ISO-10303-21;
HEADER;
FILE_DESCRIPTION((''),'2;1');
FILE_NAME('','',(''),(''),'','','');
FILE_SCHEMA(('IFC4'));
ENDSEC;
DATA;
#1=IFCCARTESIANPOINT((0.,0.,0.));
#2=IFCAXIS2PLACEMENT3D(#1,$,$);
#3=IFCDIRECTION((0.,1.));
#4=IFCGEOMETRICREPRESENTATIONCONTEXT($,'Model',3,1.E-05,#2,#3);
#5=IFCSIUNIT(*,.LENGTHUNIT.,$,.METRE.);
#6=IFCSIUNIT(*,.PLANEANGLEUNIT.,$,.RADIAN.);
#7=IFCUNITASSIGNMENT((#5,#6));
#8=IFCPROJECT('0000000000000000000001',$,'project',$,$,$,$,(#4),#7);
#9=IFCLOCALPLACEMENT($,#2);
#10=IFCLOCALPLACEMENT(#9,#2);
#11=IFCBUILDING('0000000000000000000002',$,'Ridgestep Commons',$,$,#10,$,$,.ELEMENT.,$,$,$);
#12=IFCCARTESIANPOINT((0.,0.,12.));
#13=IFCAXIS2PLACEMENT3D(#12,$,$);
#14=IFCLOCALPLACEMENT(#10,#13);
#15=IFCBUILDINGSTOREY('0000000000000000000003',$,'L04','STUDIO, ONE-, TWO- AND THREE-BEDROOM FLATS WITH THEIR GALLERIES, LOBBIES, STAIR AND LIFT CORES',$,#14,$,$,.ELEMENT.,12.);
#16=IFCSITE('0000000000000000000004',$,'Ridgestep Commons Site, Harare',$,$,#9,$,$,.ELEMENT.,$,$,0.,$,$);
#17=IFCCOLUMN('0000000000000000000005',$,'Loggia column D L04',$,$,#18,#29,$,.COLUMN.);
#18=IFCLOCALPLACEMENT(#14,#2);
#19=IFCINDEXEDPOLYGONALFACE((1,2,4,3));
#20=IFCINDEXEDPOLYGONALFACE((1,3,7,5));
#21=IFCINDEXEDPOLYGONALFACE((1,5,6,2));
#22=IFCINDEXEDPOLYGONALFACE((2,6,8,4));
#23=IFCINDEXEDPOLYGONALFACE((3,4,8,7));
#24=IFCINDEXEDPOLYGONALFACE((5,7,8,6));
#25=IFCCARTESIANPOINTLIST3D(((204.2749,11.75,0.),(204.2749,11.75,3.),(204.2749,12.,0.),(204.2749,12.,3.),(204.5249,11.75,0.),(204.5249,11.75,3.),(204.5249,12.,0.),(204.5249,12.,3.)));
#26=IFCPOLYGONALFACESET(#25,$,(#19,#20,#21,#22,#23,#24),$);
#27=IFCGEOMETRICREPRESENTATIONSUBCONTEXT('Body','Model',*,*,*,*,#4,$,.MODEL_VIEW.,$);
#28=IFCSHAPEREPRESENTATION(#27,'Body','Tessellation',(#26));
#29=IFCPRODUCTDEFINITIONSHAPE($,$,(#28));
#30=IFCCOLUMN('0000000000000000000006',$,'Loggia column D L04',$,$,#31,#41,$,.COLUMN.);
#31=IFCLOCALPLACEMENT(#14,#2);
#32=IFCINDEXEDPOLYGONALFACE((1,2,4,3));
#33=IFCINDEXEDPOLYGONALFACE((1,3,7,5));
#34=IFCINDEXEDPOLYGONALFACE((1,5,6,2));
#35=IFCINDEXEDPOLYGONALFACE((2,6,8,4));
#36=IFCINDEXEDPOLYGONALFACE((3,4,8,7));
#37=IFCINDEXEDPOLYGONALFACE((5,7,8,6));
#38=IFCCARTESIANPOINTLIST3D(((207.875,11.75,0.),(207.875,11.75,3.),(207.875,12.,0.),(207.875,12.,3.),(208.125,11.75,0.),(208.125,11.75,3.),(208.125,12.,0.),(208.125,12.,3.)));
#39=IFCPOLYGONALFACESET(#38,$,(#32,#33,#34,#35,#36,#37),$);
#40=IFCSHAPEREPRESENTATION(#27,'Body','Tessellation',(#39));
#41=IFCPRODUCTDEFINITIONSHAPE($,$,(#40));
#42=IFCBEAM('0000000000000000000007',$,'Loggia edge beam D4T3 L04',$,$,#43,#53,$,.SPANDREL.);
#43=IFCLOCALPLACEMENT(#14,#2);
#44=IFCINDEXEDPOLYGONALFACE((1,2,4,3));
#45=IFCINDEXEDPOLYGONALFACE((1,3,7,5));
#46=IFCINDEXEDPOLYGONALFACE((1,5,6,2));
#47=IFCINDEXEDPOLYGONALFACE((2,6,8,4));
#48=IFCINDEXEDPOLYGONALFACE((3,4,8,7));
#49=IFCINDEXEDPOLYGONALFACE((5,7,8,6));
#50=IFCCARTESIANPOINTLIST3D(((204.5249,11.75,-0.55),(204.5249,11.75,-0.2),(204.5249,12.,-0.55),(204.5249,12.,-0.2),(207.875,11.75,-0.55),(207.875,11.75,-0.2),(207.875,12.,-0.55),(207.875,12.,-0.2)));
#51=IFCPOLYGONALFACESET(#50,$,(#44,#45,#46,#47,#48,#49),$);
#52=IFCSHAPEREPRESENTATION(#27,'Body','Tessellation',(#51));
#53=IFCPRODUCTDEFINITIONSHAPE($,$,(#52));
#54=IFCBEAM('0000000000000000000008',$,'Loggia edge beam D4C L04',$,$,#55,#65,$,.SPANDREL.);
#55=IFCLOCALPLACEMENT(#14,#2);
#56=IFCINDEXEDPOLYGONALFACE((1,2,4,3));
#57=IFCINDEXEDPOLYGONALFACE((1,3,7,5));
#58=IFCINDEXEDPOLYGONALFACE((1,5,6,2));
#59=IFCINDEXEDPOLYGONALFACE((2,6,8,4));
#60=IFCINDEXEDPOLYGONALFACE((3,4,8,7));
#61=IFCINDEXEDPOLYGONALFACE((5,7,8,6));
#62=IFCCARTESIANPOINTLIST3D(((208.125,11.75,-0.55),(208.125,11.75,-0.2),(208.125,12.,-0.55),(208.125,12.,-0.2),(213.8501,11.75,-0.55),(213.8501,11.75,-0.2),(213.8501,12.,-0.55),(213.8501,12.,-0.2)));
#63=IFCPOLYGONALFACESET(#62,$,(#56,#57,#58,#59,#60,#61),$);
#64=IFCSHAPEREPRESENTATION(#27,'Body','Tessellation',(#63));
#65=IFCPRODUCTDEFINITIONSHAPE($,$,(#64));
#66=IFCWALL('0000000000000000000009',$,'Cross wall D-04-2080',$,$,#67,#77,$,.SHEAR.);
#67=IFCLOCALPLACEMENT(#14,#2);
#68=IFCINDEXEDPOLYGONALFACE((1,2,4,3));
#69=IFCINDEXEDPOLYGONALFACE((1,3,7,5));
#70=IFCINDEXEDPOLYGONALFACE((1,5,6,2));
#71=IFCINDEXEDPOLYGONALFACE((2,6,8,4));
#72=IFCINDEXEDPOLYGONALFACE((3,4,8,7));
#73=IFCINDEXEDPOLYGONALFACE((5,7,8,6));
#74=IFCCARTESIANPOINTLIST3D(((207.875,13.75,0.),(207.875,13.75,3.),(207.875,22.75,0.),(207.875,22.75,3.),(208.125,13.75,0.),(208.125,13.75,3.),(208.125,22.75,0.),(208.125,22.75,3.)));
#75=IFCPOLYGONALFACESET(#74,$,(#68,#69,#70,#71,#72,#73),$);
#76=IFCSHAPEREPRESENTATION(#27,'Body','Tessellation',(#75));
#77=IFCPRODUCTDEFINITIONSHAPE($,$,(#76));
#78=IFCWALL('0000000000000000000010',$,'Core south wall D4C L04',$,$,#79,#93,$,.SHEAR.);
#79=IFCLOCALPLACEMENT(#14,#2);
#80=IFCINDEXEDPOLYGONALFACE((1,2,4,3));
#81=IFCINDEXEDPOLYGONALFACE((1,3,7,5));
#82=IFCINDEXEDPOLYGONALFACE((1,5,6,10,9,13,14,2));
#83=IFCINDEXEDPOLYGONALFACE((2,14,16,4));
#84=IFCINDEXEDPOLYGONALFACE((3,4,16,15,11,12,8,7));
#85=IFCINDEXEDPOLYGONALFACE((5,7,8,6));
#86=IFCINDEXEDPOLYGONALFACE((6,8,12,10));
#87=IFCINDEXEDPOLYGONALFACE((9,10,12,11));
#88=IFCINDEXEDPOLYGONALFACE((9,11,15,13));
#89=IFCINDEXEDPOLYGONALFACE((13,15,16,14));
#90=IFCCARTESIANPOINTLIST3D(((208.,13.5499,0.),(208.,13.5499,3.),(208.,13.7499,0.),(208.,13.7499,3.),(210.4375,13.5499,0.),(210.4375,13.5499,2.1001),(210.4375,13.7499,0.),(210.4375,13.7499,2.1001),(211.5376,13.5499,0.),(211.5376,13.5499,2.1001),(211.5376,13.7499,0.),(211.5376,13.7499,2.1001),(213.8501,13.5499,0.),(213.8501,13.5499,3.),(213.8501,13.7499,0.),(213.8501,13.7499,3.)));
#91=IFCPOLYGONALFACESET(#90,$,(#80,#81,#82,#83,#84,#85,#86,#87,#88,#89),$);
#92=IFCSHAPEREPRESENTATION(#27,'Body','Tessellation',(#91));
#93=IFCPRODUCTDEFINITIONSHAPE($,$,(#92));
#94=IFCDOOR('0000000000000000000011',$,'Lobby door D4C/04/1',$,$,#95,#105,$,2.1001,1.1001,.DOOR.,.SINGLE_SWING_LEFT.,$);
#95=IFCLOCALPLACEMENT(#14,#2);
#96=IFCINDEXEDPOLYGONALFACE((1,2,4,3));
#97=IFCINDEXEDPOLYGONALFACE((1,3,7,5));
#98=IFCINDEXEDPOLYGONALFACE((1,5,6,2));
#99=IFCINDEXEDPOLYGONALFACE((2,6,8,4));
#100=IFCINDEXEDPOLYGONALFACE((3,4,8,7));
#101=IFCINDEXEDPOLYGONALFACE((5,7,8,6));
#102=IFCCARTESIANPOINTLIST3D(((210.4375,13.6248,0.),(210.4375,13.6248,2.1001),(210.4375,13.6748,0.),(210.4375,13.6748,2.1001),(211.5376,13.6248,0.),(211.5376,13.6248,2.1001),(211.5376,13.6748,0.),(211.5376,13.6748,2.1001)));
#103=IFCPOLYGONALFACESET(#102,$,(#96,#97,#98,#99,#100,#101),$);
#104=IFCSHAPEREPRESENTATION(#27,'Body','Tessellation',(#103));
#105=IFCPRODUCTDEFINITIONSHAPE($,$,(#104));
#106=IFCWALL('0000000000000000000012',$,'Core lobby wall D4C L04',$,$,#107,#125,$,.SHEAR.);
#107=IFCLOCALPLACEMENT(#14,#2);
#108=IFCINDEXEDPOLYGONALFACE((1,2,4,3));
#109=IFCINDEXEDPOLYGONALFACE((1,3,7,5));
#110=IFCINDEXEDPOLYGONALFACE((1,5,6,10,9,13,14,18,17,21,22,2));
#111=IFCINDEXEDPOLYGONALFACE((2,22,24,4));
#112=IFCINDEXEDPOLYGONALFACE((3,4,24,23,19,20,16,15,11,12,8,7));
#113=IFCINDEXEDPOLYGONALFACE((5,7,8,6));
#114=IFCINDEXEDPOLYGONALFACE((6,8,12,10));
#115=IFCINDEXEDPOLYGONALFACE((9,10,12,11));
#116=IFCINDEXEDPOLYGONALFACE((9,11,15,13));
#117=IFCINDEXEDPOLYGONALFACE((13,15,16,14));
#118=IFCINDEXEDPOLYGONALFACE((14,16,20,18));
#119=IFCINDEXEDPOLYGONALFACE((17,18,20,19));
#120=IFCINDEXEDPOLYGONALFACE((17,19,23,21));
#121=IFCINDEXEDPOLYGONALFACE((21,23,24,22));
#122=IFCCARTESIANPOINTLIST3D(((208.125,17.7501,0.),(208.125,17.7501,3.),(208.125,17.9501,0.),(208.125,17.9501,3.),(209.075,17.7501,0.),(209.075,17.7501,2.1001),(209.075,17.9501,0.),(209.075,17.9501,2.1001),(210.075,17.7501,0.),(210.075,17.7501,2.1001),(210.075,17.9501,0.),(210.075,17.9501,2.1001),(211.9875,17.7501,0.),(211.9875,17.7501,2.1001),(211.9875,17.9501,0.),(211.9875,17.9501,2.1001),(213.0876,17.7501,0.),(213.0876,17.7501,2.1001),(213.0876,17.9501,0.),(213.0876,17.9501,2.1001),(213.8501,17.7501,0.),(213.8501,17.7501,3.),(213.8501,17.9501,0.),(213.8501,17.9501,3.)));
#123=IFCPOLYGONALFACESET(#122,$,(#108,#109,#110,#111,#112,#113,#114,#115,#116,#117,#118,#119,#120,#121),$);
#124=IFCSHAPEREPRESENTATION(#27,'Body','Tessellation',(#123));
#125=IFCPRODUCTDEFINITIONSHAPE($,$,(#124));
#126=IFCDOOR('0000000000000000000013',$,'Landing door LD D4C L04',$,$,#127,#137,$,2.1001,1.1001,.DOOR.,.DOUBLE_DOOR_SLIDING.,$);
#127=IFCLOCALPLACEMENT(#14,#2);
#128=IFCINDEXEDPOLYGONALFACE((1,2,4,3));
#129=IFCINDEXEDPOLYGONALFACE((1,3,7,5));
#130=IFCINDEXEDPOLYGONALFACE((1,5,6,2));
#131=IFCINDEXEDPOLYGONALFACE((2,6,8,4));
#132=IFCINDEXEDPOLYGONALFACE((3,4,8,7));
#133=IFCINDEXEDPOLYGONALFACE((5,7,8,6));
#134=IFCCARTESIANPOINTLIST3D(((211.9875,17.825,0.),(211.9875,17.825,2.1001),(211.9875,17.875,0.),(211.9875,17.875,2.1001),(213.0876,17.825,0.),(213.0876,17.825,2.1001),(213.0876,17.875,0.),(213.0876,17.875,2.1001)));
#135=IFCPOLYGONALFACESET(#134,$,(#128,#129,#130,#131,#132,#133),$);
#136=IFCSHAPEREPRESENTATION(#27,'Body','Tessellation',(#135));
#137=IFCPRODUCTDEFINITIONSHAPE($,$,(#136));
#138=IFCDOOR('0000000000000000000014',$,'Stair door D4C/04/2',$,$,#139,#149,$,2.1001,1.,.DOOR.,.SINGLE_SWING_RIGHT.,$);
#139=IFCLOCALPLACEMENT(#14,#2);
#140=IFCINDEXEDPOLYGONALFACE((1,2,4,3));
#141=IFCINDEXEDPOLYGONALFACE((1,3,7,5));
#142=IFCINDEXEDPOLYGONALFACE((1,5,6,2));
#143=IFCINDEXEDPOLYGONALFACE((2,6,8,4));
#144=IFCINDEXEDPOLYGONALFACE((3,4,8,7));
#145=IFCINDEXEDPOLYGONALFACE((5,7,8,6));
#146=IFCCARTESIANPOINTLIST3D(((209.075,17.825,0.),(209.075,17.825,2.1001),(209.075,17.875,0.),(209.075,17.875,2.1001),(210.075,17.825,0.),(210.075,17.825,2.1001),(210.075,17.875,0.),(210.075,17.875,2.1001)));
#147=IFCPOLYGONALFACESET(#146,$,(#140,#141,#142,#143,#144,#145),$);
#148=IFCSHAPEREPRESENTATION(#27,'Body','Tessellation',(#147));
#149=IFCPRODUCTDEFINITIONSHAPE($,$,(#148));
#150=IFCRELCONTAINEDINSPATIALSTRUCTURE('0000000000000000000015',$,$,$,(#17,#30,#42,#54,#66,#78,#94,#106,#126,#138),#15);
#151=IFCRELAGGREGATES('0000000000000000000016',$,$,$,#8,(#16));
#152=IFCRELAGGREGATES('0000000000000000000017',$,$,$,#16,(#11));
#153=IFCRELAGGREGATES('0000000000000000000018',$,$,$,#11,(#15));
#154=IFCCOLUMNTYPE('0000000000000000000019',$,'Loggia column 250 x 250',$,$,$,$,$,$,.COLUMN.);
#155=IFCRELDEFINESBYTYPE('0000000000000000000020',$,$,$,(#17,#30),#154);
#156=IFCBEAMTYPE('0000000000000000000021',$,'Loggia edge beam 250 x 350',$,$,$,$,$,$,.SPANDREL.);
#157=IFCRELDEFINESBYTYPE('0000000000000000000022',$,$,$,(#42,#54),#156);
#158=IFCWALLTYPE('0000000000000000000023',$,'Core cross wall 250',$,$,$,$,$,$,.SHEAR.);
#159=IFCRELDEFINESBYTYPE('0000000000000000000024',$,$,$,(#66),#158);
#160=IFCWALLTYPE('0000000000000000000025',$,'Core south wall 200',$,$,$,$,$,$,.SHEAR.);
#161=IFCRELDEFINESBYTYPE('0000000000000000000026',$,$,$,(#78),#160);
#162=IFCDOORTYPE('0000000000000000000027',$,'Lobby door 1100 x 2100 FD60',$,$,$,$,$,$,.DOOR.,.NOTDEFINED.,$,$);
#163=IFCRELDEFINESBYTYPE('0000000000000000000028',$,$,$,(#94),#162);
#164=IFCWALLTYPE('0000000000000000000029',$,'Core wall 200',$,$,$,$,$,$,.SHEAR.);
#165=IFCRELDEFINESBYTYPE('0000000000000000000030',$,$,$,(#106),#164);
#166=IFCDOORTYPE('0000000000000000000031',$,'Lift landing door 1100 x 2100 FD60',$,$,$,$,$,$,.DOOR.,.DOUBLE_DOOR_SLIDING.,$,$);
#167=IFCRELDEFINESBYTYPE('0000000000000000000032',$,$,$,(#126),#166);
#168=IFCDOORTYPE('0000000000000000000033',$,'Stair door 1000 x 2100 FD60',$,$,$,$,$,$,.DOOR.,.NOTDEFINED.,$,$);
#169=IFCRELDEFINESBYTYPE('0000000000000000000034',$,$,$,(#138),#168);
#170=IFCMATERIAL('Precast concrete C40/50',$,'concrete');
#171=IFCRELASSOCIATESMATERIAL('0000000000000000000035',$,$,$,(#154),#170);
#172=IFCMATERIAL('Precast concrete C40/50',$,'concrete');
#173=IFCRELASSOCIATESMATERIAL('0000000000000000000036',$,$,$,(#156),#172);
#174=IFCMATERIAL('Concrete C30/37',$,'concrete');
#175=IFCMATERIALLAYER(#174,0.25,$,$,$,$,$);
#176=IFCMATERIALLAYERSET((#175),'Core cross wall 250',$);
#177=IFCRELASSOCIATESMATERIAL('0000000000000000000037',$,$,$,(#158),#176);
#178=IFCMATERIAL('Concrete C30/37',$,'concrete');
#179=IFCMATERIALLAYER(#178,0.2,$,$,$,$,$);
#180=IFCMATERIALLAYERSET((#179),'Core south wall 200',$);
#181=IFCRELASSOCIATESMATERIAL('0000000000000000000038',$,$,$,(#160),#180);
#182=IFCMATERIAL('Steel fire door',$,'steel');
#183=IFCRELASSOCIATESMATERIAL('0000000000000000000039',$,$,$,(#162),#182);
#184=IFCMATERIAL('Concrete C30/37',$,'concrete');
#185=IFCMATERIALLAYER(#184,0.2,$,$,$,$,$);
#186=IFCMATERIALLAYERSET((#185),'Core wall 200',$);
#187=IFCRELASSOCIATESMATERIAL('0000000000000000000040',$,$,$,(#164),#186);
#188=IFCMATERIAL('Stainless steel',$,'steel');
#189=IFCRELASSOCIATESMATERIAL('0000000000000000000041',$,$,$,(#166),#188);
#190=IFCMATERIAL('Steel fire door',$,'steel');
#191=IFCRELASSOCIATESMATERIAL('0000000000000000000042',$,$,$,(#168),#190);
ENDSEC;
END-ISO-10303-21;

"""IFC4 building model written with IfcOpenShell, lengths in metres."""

from ifc_helpers import new_model, si_unit, direction, frame, frame_2d, origin, origin_2d, place, context, subcontext, project, spatial, rectangle, extrude, material, layer, layer_set, material_profile, profile_set, type_object, element, fill, save


model = new_model("IFC4")

# Units and contexts
model_context = context("Model", 3, precision=1e-05, world=origin(), true_north=direction((0.0, 1.0)))
body_context = subcontext(model_context, "Body", "Model", "MODEL_VIEW")
ifc_project = project(units=[si_unit("LENGTHUNIT", "METRE"), si_unit("PLANEANGLEUNIT", "RADIAN")], contexts=[model_context])

# Site, building, storey
site_placement = place(None, origin())
site = spatial("IfcSite", under=ifc_project, at=site_placement, Name="Ridgestep Commons Site, Harare", CompositionType="ELEMENT", RefElevation=0.0)
building_placement = place(site_placement, origin())
building = spatial("IfcBuilding", under=site, at=building_placement, Name="Ridgestep Commons", CompositionType="ELEMENT")
storey_placement = place(building_placement, frame((0.0, 0.0, 12.0)))
storey = spatial("IfcBuildingStorey", under=building, at=storey_placement, Name="L04", Description="STUDIO, ONE-, TWO- AND THREE-BEDROOM FLATS WITH THEIR GALLERIES, LOBBIES, STAIR AND LIFT CORES", CompositionType="ELEMENT", Elevation=12.0)

# Columns
ifc_material_1 = material(Name="Precast concrete C40/50", Category="concrete")
ifc_material_profile_1 = material_profile(ifc_material_1, rectangle(XDim=0.25, YDim=0.25, at=origin_2d()), Name="PC 250x250")
ifc_profile_set_1 = profile_set([ifc_material_profile_1], Name="Precast concrete C40/50")
column_type = type_object("IfcColumnType", Name="Loggia column 250 x 250", PredefinedType="COLUMN", material=ifc_profile_set_1)
for number, where, z_axis, x_axis, name in (
    (1, (204.3999, 11.875, 0.0), (0.0, 0.0, 1.0), (1.0, 0.0, 0.0), "Loggia column D L04"),
    (2, (208.0, 11.875, 0.0), (0.0, 0.0, 1.0), (1.0, 0.0, 0.0), "Loggia column D L04"),
):
    element("IfcColumn", number, at=place(storey_placement, frame(where, z_axis=z_axis, x_axis=x_axis)), inside=storey, type_object=column_type, Name=name, PredefinedType="COLUMN", context=body_context, shape_type="SweptSolid", body=[
        extrude(rectangle(XDim=0.25, YDim=0.25, at=origin_2d()), origin(), (0.0, 0.0, 1.0), 3.0),
    ])

# Beams
ifc_material_2 = material(Name="Precast concrete C40/50", Category="concrete")
ifc_material_profile_2 = material_profile(ifc_material_2, rectangle(XDim=0.25, YDim=0.3501, at=origin_2d()), Name="PC 250x350")
ifc_profile_set_2 = profile_set([ifc_material_profile_2], Name="Precast concrete C40/50")
beam_type = type_object("IfcBeamType", Name="Loggia edge beam 250 x 350", PredefinedType="SPANDREL", material=ifc_profile_set_2)
beam_1_placement = place(storey_placement, frame((204.5249, 11.875, -0.375), z_axis=(1.0, 0.0, 0.0), x_axis=(0.0, 1.0, 0.0)))
element("IfcBeam", 3, at=beam_1_placement, inside=storey, type_object=beam_type, Name="Loggia edge beam D4T3 L04", PredefinedType="SPANDREL", context=body_context, shape_type="SweptSolid", body=[
    extrude(rectangle(XDim=0.25, YDim=0.3501, at=origin_2d()), origin(), (0.0, 0.0, 1.0), 3.3501),
])
beam_2_placement = place(storey_placement, frame((208.125, 11.875, -0.375), z_axis=(1.0, 0.0, 0.0), x_axis=(0.0, 1.0, 0.0)))
element("IfcBeam", 4, at=beam_2_placement, inside=storey, type_object=beam_type, Name="Loggia edge beam D4C L04", PredefinedType="SPANDREL", context=body_context, shape_type="SweptSolid", body=[
    extrude(rectangle(XDim=0.25, YDim=0.3501, at=origin_2d()), origin(), (0.0, 0.0, 1.0), 5.7251),
])

# Wall
ifc_material_3 = material(Name="Concrete C30/37", Category="concrete")
ifc_layer_1 = layer(ifc_material_3, 0.25)
ifc_layer_set_1 = layer_set([ifc_layer_1], Name="Core cross wall 250")
wall_type_1 = type_object("IfcWallType", Name="Core cross wall 250", PredefinedType="SHEAR", material=ifc_layer_set_1)
wall_1_placement = place(storey_placement, frame((208.0, 13.75, 0.0), z_axis=(0.0, 0.0, 1.0), x_axis=(0.0, 1.0, 0.0)))
element("IfcWall", 5, at=wall_1_placement, inside=storey, type_object=wall_type_1, Name="Cross wall D-04-2080", PredefinedType="SHEAR", context=body_context, shape_type="SweptSolid", body=[
    extrude(rectangle(XDim=9.0, YDim=0.25, at=frame_2d((4.5, 0.0))), origin(), (0.0, 0.0, 1.0), 3.0),
])

# Wall, opening, door
ifc_material_4 = material(Name="Concrete C30/37", Category="concrete")
ifc_layer_2 = layer(ifc_material_4, 0.2)
ifc_layer_set_2 = layer_set([ifc_layer_2], Name="Core south wall 200")
wall_type_2 = type_object("IfcWallType", Name="Core south wall 200", PredefinedType="SHEAR", material=ifc_layer_set_2)
wall_2_placement = place(storey_placement, frame((208.0, 13.6499, 0.0), z_axis=(0.0, 0.0, 1.0), x_axis=(1.0, 0.0, 0.0)))
wall_2 = element("IfcWall", 6, at=wall_2_placement, inside=storey, type_object=wall_type_2, Name="Core south wall D4C L04", PredefinedType="SHEAR", context=body_context, shape_type="SweptSolid", body=[
    extrude(rectangle(XDim=5.8501, YDim=0.2, at=frame_2d((2.925, 0.0))), origin(), (0.0, 0.0, 1.0), 3.0),
])
opening_1_placement = place(wall_2_placement, frame((2.4375, 0.0, 0.0)))
opening_1 = element("IfcOpeningElement", 7, at=opening_1_placement, cuts=wall_2, PredefinedType="OPENING", context=body_context, shape_type="SweptSolid", body=[
    extrude(rectangle(XDim=1.1001, YDim=2.1001, at=frame_2d((0.55, 1.05))), frame((0.0, 0.1099, 0.0), z_axis=(0.0, -1.0, 0.0), x_axis=(1.0, 0.0, 0.0)), (0.0, 0.0, 1.0), 0.22),
])
ifc_material_5 = material(Name="Steel fire door", Category="steel")
door_type_1 = type_object("IfcDoorType", Name="Lobby door 1100 x 2100 FD60", OperationType="NOTDEFINED", PredefinedType="DOOR", material=ifc_material_5)
door_1_placement = place(opening_1_placement, origin())
door_1 = element("IfcDoor", 8, at=door_1_placement, inside=storey, type_object=door_type_1, Name="Lobby door D4C/04/1", OperationType="SINGLE_SWING_LEFT", OverallHeight=2.1001, OverallWidth=1.1001, PredefinedType="DOOR", context=body_context, shape_type="SweptSolid", body=[
    extrude(rectangle(XDim=1.1001, YDim=2.1001, at=frame_2d((0.55, 1.05))), frame((0.0, 0.0249, 0.0), z_axis=(0.0, -1.0, 0.0), x_axis=(1.0, 0.0, 0.0)), (0.0, 0.0, 1.0), 0.05),
])
fill(opening_1, door_1)

# Wall, openings, doors
ifc_material_6 = material(Name="Concrete C30/37", Category="concrete")
ifc_layer_3 = layer(ifc_material_6, 0.2)
ifc_layer_set_3 = layer_set([ifc_layer_3], Name="Core wall 200")
wall_type_3 = type_object("IfcWallType", Name="Core wall 200", PredefinedType="SHEAR", material=ifc_layer_set_3)
wall_3_placement = place(storey_placement, frame((208.125, 17.8501, 0.0), z_axis=(0.0, 0.0, 1.0), x_axis=(1.0, 0.0, 0.0)))
wall_3 = element("IfcWall", 9, at=wall_3_placement, inside=storey, type_object=wall_type_3, Name="Core lobby wall D4C L04", PredefinedType="SHEAR", context=body_context, shape_type="SweptSolid", body=[
    extrude(rectangle(XDim=5.7251, YDim=0.2, at=frame_2d((2.8625, 0.0))), origin(), (0.0, 0.0, 1.0), 3.0),
])
opening_2_placement = place(wall_3_placement, frame((0.95, 0.0, 0.0)))
opening_2 = element("IfcOpeningElement", 10, at=opening_2_placement, cuts=wall_3, PredefinedType="OPENING", context=body_context, shape_type="SweptSolid", body=[
    extrude(rectangle(XDim=1.0, YDim=2.1001, at=frame_2d((0.5, 1.05))), frame((0.0, 0.1099, 0.0), z_axis=(0.0, -1.0, 0.0), x_axis=(1.0, 0.0, 0.0)), (0.0, 0.0, 1.0), 0.22),
])
opening_3_placement = place(wall_3_placement, frame((3.8625, 0.0, 0.0)))
opening_3 = element("IfcOpeningElement", 11, at=opening_3_placement, cuts=wall_3, PredefinedType="OPENING", context=body_context, shape_type="SweptSolid", body=[
    extrude(rectangle(XDim=1.1001, YDim=2.1001, at=frame_2d((0.55, 1.05))), frame((0.0, 0.1099, 0.0), z_axis=(0.0, -1.0, 0.0), x_axis=(1.0, 0.0, 0.0)), (0.0, 0.0, 1.0), 0.22),
])
ifc_material_7 = material(Name="Stainless steel", Category="steel")
door_type_2 = type_object("IfcDoorType", Name="Lift landing door 1100 x 2100 FD60", OperationType="DOUBLE_DOOR_SLIDING", PredefinedType="DOOR", material=ifc_material_7)
door_2_placement = place(opening_3_placement, origin())
door_2 = element("IfcDoor", 12, at=door_2_placement, inside=storey, type_object=door_type_2, Name="Landing door LD D4C L04", OperationType="DOUBLE_DOOR_SLIDING", OverallHeight=2.1001, OverallWidth=1.1001, PredefinedType="DOOR", context=body_context, shape_type="SweptSolid", body=[
    extrude(rectangle(XDim=1.1001, YDim=2.1001, at=frame_2d((0.55, 1.05))), frame((0.0, 0.0249, 0.0), z_axis=(0.0, -1.0, 0.0), x_axis=(1.0, 0.0, 0.0)), (0.0, 0.0, 1.0), 0.05),
])
fill(opening_3, door_2)
ifc_material_8 = material(Name="Steel fire door", Category="steel")
door_type_3 = type_object("IfcDoorType", Name="Stair door 1000 x 2100 FD60", OperationType="NOTDEFINED", PredefinedType="DOOR", material=ifc_material_8)
door_3_placement = place(opening_2_placement, origin())
door_3 = element("IfcDoor", 13, at=door_3_placement, inside=storey, type_object=door_type_3, Name="Stair door D4C/04/2", OperationType="SINGLE_SWING_RIGHT", OverallHeight=2.1001, OverallWidth=1.0, PredefinedType="DOOR", context=body_context, shape_type="SweptSolid", body=[
    extrude(rectangle(XDim=1.0, YDim=2.1001, at=frame_2d((0.5, 1.05))), frame((0.0, 0.0249, 0.0), z_axis=(0.0, -1.0, 0.0), x_axis=(1.0, 0.0, 0.0)), (0.0, 0.0, 1.0), 0.05),
])
fill(opening_2, door_3)

save(model, "model.ifc")
